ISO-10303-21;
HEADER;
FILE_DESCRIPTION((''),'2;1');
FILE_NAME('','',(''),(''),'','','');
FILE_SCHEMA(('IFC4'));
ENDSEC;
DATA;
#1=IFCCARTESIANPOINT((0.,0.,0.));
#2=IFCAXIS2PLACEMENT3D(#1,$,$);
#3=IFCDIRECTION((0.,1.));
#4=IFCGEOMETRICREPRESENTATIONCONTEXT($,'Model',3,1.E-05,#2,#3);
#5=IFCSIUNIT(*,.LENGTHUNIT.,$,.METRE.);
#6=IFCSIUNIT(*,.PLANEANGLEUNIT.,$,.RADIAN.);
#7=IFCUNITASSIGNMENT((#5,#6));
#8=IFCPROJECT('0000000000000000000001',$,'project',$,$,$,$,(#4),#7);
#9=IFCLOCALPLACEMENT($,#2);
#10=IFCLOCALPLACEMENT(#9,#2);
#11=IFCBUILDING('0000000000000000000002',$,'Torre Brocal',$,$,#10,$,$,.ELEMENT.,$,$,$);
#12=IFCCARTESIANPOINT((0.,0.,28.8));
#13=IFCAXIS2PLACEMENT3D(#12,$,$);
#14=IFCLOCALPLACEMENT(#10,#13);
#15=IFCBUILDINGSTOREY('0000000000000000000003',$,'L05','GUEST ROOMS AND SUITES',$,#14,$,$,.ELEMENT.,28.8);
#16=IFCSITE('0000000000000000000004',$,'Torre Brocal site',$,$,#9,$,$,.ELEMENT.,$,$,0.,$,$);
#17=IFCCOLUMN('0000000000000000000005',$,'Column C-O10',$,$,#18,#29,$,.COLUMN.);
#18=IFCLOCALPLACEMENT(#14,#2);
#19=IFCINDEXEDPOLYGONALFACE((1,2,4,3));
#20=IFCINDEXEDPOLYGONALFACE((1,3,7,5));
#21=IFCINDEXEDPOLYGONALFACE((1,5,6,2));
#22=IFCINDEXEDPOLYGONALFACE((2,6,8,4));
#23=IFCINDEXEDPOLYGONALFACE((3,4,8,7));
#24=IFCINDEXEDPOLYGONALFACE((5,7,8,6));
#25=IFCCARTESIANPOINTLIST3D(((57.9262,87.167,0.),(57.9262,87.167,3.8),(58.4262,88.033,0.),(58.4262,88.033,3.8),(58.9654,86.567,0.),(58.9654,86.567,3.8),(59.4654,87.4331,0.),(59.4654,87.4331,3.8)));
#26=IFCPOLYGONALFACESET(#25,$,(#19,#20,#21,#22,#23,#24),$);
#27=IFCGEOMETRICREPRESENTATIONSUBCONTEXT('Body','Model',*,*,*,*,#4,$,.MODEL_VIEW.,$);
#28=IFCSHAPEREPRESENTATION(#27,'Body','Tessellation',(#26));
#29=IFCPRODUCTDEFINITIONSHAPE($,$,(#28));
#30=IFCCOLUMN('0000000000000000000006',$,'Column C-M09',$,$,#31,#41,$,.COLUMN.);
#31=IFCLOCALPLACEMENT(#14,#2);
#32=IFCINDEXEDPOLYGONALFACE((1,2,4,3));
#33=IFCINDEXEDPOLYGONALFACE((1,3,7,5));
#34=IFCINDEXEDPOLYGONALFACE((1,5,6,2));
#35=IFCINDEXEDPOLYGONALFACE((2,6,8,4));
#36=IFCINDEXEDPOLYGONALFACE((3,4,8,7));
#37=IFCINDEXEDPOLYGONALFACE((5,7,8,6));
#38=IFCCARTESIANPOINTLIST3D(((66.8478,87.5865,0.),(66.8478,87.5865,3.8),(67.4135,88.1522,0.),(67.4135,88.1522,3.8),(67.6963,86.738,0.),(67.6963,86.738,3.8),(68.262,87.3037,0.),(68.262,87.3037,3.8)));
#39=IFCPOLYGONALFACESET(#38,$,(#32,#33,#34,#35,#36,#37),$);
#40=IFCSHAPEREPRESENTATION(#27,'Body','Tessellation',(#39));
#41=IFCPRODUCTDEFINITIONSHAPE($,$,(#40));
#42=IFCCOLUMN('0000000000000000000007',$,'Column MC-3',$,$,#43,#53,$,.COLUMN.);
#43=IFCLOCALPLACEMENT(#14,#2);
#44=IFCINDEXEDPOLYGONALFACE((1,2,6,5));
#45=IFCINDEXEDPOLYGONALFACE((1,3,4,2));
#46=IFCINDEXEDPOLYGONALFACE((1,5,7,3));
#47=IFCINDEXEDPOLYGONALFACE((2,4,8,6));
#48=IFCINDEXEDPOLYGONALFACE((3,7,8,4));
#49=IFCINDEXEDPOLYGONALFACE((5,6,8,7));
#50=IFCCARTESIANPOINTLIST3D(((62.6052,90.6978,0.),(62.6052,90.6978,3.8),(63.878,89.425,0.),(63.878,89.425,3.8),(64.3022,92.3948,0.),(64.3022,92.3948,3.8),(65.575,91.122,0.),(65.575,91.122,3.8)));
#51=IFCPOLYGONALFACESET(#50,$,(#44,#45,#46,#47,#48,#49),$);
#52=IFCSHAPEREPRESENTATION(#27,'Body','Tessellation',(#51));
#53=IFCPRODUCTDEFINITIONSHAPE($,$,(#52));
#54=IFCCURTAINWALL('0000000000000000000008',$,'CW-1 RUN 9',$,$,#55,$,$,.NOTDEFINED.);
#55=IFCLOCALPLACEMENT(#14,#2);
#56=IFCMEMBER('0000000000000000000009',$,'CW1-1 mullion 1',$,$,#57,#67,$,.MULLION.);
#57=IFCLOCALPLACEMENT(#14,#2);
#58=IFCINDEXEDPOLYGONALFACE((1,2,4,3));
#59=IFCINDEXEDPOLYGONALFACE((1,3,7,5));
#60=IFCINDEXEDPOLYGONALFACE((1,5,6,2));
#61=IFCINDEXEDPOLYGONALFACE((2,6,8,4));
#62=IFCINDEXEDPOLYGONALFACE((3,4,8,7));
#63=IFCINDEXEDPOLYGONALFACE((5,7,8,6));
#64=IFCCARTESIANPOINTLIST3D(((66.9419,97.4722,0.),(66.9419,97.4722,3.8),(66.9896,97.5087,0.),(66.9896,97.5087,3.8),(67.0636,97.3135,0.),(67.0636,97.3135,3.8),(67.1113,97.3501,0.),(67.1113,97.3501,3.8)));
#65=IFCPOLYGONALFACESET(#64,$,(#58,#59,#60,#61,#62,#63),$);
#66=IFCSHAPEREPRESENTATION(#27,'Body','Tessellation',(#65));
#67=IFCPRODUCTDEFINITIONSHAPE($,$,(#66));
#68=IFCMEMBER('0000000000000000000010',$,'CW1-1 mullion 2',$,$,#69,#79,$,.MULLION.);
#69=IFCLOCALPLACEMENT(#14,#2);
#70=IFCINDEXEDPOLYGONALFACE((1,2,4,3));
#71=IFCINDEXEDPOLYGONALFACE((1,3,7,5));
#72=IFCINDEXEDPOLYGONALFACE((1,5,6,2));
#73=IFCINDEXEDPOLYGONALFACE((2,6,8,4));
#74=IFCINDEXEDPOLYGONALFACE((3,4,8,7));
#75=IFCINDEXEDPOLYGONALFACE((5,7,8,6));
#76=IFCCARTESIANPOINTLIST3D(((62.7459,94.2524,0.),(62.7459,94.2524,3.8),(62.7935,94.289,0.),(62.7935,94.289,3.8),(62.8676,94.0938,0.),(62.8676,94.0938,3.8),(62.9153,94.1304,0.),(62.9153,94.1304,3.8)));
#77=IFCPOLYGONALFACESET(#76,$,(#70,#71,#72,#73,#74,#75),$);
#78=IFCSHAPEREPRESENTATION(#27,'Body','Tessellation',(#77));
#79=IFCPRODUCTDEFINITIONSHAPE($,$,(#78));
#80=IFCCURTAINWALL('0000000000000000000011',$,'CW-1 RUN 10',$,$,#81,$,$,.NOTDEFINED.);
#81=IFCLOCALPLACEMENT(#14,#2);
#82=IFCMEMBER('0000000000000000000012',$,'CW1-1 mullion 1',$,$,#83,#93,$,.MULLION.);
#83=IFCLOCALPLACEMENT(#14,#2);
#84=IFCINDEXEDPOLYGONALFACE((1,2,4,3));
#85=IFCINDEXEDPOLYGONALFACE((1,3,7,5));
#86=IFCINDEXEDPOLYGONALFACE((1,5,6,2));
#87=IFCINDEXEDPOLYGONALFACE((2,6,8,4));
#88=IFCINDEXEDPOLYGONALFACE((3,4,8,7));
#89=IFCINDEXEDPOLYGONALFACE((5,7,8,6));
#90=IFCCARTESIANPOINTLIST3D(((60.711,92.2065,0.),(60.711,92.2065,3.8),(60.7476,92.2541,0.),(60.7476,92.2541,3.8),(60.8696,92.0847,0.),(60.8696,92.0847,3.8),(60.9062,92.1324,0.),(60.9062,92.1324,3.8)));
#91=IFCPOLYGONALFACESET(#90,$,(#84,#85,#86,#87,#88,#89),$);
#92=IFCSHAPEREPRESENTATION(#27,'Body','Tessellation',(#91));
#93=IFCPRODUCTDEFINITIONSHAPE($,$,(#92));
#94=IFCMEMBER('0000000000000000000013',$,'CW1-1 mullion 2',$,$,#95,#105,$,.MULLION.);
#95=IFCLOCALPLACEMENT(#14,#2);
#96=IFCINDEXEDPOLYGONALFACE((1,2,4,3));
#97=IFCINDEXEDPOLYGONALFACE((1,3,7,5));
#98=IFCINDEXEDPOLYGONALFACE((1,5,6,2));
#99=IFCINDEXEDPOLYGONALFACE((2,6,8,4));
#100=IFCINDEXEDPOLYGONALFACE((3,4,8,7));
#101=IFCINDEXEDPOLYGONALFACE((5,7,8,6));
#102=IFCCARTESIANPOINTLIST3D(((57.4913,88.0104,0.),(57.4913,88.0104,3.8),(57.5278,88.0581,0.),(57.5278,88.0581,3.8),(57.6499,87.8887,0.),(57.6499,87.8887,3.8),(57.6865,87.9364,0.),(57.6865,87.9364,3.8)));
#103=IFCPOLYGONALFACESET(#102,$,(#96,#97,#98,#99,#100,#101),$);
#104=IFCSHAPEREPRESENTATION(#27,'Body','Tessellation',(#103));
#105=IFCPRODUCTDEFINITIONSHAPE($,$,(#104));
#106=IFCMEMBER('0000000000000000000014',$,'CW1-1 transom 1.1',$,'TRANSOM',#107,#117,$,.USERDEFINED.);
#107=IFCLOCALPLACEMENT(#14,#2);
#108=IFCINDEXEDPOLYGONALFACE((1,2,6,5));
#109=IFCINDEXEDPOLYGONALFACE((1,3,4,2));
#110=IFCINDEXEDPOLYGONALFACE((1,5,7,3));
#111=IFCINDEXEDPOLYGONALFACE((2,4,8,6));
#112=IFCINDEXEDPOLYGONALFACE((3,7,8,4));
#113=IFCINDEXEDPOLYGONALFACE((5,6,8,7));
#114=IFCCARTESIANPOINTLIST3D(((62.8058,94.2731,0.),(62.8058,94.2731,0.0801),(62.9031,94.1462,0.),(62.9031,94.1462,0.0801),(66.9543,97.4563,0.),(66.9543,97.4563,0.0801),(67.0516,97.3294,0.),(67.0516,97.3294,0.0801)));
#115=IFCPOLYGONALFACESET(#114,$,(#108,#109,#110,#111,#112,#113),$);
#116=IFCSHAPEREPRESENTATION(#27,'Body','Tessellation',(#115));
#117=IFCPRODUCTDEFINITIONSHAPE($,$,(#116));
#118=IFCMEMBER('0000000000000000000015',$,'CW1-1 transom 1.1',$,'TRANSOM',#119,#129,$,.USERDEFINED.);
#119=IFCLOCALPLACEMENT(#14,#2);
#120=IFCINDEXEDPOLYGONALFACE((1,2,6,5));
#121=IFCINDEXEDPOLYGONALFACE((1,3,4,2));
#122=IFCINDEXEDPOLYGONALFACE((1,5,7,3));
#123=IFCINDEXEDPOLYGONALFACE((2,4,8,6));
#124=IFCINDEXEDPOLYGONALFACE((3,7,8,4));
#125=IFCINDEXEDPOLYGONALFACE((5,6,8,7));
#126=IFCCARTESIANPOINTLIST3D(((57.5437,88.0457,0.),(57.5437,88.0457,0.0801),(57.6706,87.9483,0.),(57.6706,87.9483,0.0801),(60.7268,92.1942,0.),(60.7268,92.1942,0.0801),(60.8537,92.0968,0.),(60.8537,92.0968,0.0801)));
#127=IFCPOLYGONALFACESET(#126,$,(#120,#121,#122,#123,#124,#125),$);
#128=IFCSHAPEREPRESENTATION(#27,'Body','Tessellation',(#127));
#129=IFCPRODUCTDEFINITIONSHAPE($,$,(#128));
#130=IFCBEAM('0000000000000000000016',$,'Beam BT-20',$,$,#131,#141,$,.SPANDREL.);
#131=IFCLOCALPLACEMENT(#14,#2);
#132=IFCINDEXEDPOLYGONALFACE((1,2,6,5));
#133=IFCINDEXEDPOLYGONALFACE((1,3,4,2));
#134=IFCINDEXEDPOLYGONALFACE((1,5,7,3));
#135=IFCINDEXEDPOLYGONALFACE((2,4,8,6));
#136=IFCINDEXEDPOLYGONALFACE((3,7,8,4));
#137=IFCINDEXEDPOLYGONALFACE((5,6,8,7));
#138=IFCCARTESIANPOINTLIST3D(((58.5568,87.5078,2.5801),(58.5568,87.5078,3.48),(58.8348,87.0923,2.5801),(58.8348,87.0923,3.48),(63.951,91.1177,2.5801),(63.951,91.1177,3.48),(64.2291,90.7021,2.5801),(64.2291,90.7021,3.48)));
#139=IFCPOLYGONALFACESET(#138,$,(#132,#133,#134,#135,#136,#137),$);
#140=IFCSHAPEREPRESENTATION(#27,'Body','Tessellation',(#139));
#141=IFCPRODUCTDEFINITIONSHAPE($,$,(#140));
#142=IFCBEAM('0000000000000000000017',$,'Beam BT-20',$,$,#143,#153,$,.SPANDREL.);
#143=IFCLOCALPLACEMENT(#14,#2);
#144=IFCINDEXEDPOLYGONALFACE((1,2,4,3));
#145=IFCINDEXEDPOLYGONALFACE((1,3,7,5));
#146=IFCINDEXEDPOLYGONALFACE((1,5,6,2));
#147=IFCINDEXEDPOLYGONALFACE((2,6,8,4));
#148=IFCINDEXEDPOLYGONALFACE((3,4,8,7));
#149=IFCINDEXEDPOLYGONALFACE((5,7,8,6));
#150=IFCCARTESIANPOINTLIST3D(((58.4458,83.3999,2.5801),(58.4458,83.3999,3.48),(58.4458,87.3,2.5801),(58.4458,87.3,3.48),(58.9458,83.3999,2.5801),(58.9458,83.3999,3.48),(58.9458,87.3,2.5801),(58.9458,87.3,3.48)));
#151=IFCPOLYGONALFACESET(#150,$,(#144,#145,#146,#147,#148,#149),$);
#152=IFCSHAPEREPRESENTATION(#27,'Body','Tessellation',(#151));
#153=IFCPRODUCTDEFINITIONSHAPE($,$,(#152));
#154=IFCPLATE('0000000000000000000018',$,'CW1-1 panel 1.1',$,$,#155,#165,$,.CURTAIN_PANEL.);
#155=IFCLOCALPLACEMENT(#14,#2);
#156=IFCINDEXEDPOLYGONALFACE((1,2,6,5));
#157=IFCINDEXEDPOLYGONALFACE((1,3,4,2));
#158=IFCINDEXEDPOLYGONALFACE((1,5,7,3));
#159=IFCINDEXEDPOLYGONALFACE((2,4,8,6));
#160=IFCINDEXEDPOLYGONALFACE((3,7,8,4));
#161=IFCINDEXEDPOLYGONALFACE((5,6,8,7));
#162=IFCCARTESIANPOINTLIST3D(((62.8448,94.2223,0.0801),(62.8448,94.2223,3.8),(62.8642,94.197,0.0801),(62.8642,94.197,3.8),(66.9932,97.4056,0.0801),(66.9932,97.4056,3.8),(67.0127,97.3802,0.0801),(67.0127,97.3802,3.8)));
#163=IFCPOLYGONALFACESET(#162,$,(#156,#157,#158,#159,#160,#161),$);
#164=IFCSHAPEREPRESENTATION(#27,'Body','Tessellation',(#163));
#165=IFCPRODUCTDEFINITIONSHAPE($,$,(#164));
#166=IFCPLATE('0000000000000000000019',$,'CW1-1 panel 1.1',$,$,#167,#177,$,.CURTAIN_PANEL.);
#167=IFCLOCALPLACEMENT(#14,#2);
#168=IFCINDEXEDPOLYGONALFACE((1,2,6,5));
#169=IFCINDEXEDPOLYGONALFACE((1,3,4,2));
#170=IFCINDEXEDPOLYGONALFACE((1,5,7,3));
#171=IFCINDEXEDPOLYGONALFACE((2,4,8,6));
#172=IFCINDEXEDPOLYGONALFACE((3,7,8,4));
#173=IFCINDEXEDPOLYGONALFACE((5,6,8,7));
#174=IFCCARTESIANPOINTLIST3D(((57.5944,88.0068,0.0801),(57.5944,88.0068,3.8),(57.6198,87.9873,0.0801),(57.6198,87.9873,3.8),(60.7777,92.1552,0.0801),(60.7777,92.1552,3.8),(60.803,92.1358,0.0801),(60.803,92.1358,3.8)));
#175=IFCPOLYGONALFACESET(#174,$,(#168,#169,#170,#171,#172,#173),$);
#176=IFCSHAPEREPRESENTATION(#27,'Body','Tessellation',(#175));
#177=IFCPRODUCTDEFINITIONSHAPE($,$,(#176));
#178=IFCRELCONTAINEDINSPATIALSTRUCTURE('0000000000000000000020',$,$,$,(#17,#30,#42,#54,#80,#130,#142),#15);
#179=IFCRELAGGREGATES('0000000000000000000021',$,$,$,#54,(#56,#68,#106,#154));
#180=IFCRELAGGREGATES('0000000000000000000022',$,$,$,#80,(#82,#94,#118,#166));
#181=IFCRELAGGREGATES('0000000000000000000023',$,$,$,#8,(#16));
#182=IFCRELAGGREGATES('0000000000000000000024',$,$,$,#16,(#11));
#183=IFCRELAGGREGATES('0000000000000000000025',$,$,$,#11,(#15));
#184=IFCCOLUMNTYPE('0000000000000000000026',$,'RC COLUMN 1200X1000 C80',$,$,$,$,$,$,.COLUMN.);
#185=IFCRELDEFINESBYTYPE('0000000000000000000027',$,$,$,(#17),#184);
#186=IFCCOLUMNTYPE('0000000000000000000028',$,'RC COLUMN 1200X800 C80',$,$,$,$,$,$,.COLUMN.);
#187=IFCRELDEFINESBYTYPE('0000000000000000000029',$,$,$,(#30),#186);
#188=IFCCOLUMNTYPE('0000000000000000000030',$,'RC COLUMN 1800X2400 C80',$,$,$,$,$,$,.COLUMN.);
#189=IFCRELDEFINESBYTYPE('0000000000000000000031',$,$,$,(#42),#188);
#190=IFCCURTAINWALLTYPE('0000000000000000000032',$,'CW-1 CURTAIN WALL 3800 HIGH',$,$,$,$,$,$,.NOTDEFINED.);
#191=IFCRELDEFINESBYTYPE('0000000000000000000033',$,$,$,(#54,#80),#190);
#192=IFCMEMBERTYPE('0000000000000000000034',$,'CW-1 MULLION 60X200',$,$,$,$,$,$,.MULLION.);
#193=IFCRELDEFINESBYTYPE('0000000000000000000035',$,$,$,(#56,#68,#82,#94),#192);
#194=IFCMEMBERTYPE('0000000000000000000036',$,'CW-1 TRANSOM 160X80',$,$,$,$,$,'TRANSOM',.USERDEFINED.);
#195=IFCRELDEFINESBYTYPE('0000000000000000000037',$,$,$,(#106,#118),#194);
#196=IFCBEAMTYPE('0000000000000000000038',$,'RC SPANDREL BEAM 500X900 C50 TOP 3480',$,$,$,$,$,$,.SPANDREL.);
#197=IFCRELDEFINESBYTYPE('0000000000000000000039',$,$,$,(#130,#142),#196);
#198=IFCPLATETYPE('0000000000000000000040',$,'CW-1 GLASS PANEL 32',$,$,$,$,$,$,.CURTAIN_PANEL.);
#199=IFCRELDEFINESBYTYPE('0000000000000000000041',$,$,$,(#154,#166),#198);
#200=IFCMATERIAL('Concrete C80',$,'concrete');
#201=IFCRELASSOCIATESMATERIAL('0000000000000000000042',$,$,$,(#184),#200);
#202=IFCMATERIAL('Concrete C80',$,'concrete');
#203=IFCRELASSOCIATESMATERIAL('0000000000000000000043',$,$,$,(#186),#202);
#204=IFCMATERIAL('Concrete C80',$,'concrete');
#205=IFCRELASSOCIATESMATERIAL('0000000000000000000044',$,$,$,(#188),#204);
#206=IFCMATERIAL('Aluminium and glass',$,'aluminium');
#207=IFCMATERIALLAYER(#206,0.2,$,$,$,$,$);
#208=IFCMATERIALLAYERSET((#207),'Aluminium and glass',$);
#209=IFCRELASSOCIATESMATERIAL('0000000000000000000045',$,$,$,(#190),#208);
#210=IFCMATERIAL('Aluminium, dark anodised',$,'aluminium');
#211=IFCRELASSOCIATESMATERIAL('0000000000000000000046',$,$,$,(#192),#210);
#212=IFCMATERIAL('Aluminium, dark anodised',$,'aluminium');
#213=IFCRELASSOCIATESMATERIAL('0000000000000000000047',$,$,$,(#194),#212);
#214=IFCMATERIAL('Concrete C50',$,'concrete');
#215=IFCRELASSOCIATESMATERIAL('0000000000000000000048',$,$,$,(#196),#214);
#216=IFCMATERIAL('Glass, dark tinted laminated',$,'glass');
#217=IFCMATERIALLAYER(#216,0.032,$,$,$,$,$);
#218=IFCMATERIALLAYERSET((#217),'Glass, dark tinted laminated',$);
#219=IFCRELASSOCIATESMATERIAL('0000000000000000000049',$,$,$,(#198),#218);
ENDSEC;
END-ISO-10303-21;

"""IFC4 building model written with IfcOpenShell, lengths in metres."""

from ifc_helpers import new_model, si_unit, direction, frame, origin, origin_2d, place, context, subcontext, project, spatial, rectangle, extrude, material, layer, layer_set, material_profile, profile_set, type_object, element, aggregate, save


model = new_model("IFC4")

# Units and contexts
model_context = context("Model", 3, precision=1e-05, world=origin(), true_north=direction((0.0, 1.0)))
body_context = subcontext(model_context, "Body", "Model", "MODEL_VIEW")
ifc_project = project(units=[si_unit("LENGTHUNIT", "METRE"), si_unit("PLANEANGLEUNIT", "RADIAN")], contexts=[model_context])

# Site, building, storey
site_placement = place(None, origin())
site = spatial("IfcSite", under=ifc_project, at=site_placement, Name="Torre Brocal site", CompositionType="ELEMENT", RefElevation=0.0)
building_placement = place(site_placement, origin())
building = spatial("IfcBuilding", under=site, at=building_placement, Name="Torre Brocal", CompositionType="ELEMENT")
storey_placement = place(building_placement, frame((0.0, 0.0, 28.8)))
storey = spatial("IfcBuildingStorey", under=building, at=storey_placement, Name="L05", Description="GUEST ROOMS AND SUITES", CompositionType="ELEMENT", Elevation=28.8)

# Columns
ifc_material_1 = material(Name="Concrete C80", Category="concrete")
ifc_material_profile_1 = material_profile(ifc_material_1, rectangle(XDim=1.2, YDim=1.0, at=origin_2d()), Name="RC 1200X1000")
ifc_profile_set_1 = profile_set([ifc_material_profile_1], Name="Concrete C80")
column_type_1 = type_object("IfcColumnType", Name="RC COLUMN 1200X1000 C80", PredefinedType="COLUMN", material=ifc_profile_set_1)
column_1_placement = place(storey_placement, frame((58.6958, 87.3, 0.0), z_axis=(0.0, 0.0, 1.0), x_axis=(-0.866025, 0.5, 0.0)))
element("IfcColumn", 1, at=column_1_placement, inside=storey, type_object=column_type_1, Name="Column C-O10", PredefinedType="COLUMN", context=body_context, shape_type="SweptSolid", body=[
    extrude(rectangle(XDim=1.2, YDim=1.0, at=origin_2d()), origin(), (0.0, 0.0, 1.0), 3.8),
])
ifc_material_2 = material(Name="Concrete C80", Category="concrete")
ifc_material_profile_2 = material_profile(ifc_material_2, rectangle(XDim=1.2, YDim=0.8, at=origin_2d()), Name="RC 1200X800")
ifc_profile_set_2 = profile_set([ifc_material_profile_2], Name="Concrete C80")
column_type_2 = type_object("IfcColumnType", Name="RC COLUMN 1200X800 C80", PredefinedType="COLUMN", material=ifc_profile_set_2)
column_2_placement = place(storey_placement, frame((67.5549, 87.4451, 0.0), z_axis=(0.0, 0.0, 1.0), x_axis=(-0.707107, 0.707107, 0.0)))
element("IfcColumn", 2, at=column_2_placement, inside=storey, type_object=column_type_2, Name="Column C-M09", PredefinedType="COLUMN", context=body_context, shape_type="SweptSolid", body=[
    extrude(rectangle(XDim=1.2, YDim=0.8, at=origin_2d()), origin(), (0.0, 0.0, 1.0), 3.8),
])
ifc_material_3 = material(Name="Concrete C80", Category="concrete")
ifc_material_profile_3 = material_profile(ifc_material_3, rectangle(XDim=1.8, YDim=2.3999, at=origin_2d()), Name="RC 1800X2400")
ifc_profile_set_3 = profile_set([ifc_material_profile_3], Name="Concrete C80")
column_type_3 = type_object("IfcColumnType", Name="RC COLUMN 1800X2400 C80", PredefinedType="COLUMN", material=ifc_profile_set_3)
column_3_placement = place(storey_placement, frame((64.0901, 90.9099, 0.0), z_axis=(0.0, 0.0, 1.0), x_axis=(-0.707107, 0.707107, 0.0)))
element("IfcColumn", 3, at=column_3_placement, inside=storey, type_object=column_type_3, Name="Column MC-3", PredefinedType="COLUMN", context=body_context, shape_type="SweptSolid", body=[
    extrude(rectangle(XDim=1.8, YDim=2.3999, at=origin_2d()), origin(), (0.0, 0.0, 1.0), 3.8),
])

# Curtain walls, members
ifc_material_4 = material(Name="Aluminium and glass", Category="aluminium")
ifc_layer_1 = layer(ifc_material_4, 0.2)
ifc_layer_set_1 = layer_set([ifc_layer_1], Name="Aluminium and glass")
curtain_wall_type = type_object("IfcCurtainWallType", Name="CW-1 CURTAIN WALL 3800 HIGH", PredefinedType="NOTDEFINED", material=ifc_layer_set_1)
curtain_wall_1_placement = place(storey_placement, origin())
curtain_wall_1 = element("IfcCurtainWall", 4, at=curtain_wall_1_placement, inside=storey, type_object=curtain_wall_type, Name="CW-1 RUN 9", PredefinedType="NOTDEFINED")
ifc_material_5 = material(Name="Aluminium, dark anodised", Category="aluminium")
ifc_material_profile_4 = material_profile(ifc_material_5, rectangle(XDim=0.2, YDim=0.0601, at=origin_2d()), Name="CW-1 MULLION 60X200")
ifc_profile_set_4 = profile_set([ifc_material_profile_4], Name="Aluminium, dark anodised")
member_type_1 = type_object("IfcMemberType", Name="CW-1 MULLION 60X200", PredefinedType="MULLION", material=ifc_profile_set_4)
member_1_placement = place(storey_placement, frame((67.0266, 97.4111, 0.0), z_axis=(0.0, 0.0, 1.0), x_axis=(0.608761, -0.793353, 0.0)))
member_1 = element("IfcMember", 5, at=member_1_placement, type_object=member_type_1, Name="CW1-1 mullion 1", PredefinedType="MULLION", context=body_context, shape_type="SweptSolid", body=[
    extrude(rectangle(XDim=0.2, YDim=0.0601, at=origin_2d()), origin(), (0.0, 0.0, 1.0), 3.8),
])
member_2_placement = place(storey_placement, frame((62.8306, 94.1914, 0.0), z_axis=(0.0, 0.0, 1.0), x_axis=(0.608761, -0.793353, 0.0)))
member_2 = element("IfcMember", 6, at=member_2_placement, type_object=member_type_1, Name="CW1-1 mullion 2", PredefinedType="MULLION", context=body_context, shape_type="SweptSolid", body=[
    extrude(rectangle(XDim=0.2, YDim=0.0601, at=origin_2d()), origin(), (0.0, 0.0, 1.0), 3.8),
])
curtain_wall_2_placement = place(storey_placement, origin())
curtain_wall_2 = element("IfcCurtainWall", 7, at=curtain_wall_2_placement, inside=storey, type_object=curtain_wall_type, Name="CW-1 RUN 10", PredefinedType="NOTDEFINED")
member_3_placement = place(storey_placement, frame((60.8086, 92.1694, 0.0), z_axis=(0.0, 0.0, 1.0), x_axis=(0.793353, -0.608761, 0.0)))
member_3 = element("IfcMember", 8, at=member_3_placement, type_object=member_type_1, Name="CW1-1 mullion 1", PredefinedType="MULLION", context=body_context, shape_type="SweptSolid", body=[
    extrude(rectangle(XDim=0.2, YDim=0.0601, at=origin_2d()), origin(), (0.0, 0.0, 1.0), 3.8),
])
member_4_placement = place(storey_placement, frame((57.5889, 87.9734, 0.0), z_axis=(0.0, 0.0, 1.0), x_axis=(0.793353, -0.608761, 0.0)))
member_4 = element("IfcMember", 9, at=member_4_placement, type_object=member_type_1, Name="CW1-1 mullion 2", PredefinedType="MULLION", context=body_context, shape_type="SweptSolid", body=[
    extrude(rectangle(XDim=0.2, YDim=0.0601, at=origin_2d()), origin(), (0.0, 0.0, 1.0), 3.8),
])

# Members
ifc_material_6 = material(Name="Aluminium, dark anodised", Category="aluminium")
ifc_material_profile_5 = material_profile(ifc_material_6, rectangle(XDim=0.1599, YDim=0.0801, at=origin_2d()), Name="CW-1 TRANSOM 160X80")
ifc_profile_set_5 = profile_set([ifc_material_profile_5], Name="Aluminium, dark anodised")
member_type_2 = type_object("IfcMemberType", Name="CW-1 TRANSOM 160X80", ElementType="TRANSOM", PredefinedType="USERDEFINED", material=ifc_profile_set_5)
member_5_placement = place(storey_placement, frame((67.0029, 97.3928, 0.04), z_axis=(-0.793363, -0.608749, 0.0), x_axis=(0.608749, -0.793363, 0.0)))
member_5 = element("IfcMember", 10, at=member_5_placement, type_object=member_type_2, Name="CW1-1 transom 1.1", ObjectType="TRANSOM", PredefinedType="USERDEFINED", context=body_context, shape_type="SweptSolid", body=[
    extrude(rectangle(XDim=0.1599, YDim=0.0801, at=origin_2d()), origin(), (0.0, 0.0, 1.0), 5.229),
])
member_6_placement = place(storey_placement, frame((60.7903, 92.1455, 0.04), z_axis=(-0.608749, -0.793363, 0.0), x_axis=(0.793363, -0.608749, 0.0)))
member_6 = element("IfcMember", 11, at=member_6_placement, type_object=member_type_2, Name="CW1-1 transom 1.1", ObjectType="TRANSOM", PredefinedType="USERDEFINED", context=body_context, shape_type="SweptSolid", body=[
    extrude(rectangle(XDim=0.1599, YDim=0.0801, at=origin_2d()), origin(), (0.0, 0.0, 1.0), 5.229),
])

# Beams
ifc_material_7 = material(Name="Concrete C50", Category="concrete")
ifc_material_profile_6 = material_profile(ifc_material_7, rectangle(XDim=0.5, YDim=0.8999, at=origin_2d()), Name="RC 500X900")
ifc_profile_set_6 = profile_set([ifc_material_profile_6], Name="Concrete C50")
beam_type = type_object("IfcBeamType", Name="RC SPANDREL BEAM 500X900 C50 TOP 3480", PredefinedType="SPANDREL", material=ifc_profile_set_6)
beam_1_placement = place(storey_placement, frame((64.0901, 90.9099, 3.03), z_axis=(-0.831077, -0.556158, 0.0), x_axis=(0.556158, -0.831077, 0.0)))
element("IfcBeam", 12, at=beam_1_placement, inside=storey, type_object=beam_type, Name="Beam BT-20", PredefinedType="SPANDREL", context=body_context, shape_type="SweptSolid", body=[
    extrude(rectangle(XDim=0.5, YDim=0.8999, at=origin_2d()), origin(), (0.0, 0.0, 1.0), 6.4907),
])
beam_2_placement = place(storey_placement, frame((58.6958, 87.3, 3.03), z_axis=(0.0, -1.0, 0.0), x_axis=(1.0, 0.0, 0.0)))
element("IfcBeam", 13, at=beam_2_placement, inside=storey, type_object=beam_type, Name="Beam BT-20", PredefinedType="SPANDREL", context=body_context, shape_type="SweptSolid", body=[
    extrude(rectangle(XDim=0.5, YDim=0.8999, at=origin_2d()), origin(), (0.0, 0.0, 1.0), 3.9001),
])

# Plates
ifc_material_8 = material(Name="Glass, dark tinted laminated", Category="glass")
ifc_layer_2 = layer(ifc_material_8, 0.032)
ifc_layer_set_2 = layer_set([ifc_layer_2], Name="Glass, dark tinted laminated")
plate_type = type_object("IfcPlateType", Name="CW-1 GLASS PANEL 32", PredefinedType="CURTAIN_PANEL", material=ifc_layer_set_2)
plate_1_placement = place(storey_placement, frame((64.9287, 95.8013, 0.0801), z_axis=(0.0, 0.0, 1.0), x_axis=(-0.793353, -0.608761, 0.0)))
plate_1 = element("IfcPlate", 14, at=plate_1_placement, type_object=plate_type, Name="CW1-1 panel 1.1", PredefinedType="CURTAIN_PANEL", context=body_context, shape_type="SweptSolid", body=[
    extrude(rectangle(XDim=5.229, YDim=0.032, at=origin_2d()), origin(), (0.0, 0.0, 1.0), 3.72),
])
aggregate(curtain_wall_1, [member_1, member_2, member_5, plate_1])
plate_2_placement = place(storey_placement, frame((59.1987, 90.0713, 0.0801), z_axis=(0.0, 0.0, 1.0), x_axis=(-0.608761, -0.793353, 0.0)))
plate_2 = element("IfcPlate", 15, at=plate_2_placement, type_object=plate_type, Name="CW1-1 panel 1.1", PredefinedType="CURTAIN_PANEL", context=body_context, shape_type="SweptSolid", body=[
    extrude(rectangle(XDim=5.229, YDim=0.032, at=origin_2d()), origin(), (0.0, 0.0, 1.0), 3.72),
])
aggregate(curtain_wall_2, [member_3, member_4, member_6, plate_2])

save(model, "model.ifc")
